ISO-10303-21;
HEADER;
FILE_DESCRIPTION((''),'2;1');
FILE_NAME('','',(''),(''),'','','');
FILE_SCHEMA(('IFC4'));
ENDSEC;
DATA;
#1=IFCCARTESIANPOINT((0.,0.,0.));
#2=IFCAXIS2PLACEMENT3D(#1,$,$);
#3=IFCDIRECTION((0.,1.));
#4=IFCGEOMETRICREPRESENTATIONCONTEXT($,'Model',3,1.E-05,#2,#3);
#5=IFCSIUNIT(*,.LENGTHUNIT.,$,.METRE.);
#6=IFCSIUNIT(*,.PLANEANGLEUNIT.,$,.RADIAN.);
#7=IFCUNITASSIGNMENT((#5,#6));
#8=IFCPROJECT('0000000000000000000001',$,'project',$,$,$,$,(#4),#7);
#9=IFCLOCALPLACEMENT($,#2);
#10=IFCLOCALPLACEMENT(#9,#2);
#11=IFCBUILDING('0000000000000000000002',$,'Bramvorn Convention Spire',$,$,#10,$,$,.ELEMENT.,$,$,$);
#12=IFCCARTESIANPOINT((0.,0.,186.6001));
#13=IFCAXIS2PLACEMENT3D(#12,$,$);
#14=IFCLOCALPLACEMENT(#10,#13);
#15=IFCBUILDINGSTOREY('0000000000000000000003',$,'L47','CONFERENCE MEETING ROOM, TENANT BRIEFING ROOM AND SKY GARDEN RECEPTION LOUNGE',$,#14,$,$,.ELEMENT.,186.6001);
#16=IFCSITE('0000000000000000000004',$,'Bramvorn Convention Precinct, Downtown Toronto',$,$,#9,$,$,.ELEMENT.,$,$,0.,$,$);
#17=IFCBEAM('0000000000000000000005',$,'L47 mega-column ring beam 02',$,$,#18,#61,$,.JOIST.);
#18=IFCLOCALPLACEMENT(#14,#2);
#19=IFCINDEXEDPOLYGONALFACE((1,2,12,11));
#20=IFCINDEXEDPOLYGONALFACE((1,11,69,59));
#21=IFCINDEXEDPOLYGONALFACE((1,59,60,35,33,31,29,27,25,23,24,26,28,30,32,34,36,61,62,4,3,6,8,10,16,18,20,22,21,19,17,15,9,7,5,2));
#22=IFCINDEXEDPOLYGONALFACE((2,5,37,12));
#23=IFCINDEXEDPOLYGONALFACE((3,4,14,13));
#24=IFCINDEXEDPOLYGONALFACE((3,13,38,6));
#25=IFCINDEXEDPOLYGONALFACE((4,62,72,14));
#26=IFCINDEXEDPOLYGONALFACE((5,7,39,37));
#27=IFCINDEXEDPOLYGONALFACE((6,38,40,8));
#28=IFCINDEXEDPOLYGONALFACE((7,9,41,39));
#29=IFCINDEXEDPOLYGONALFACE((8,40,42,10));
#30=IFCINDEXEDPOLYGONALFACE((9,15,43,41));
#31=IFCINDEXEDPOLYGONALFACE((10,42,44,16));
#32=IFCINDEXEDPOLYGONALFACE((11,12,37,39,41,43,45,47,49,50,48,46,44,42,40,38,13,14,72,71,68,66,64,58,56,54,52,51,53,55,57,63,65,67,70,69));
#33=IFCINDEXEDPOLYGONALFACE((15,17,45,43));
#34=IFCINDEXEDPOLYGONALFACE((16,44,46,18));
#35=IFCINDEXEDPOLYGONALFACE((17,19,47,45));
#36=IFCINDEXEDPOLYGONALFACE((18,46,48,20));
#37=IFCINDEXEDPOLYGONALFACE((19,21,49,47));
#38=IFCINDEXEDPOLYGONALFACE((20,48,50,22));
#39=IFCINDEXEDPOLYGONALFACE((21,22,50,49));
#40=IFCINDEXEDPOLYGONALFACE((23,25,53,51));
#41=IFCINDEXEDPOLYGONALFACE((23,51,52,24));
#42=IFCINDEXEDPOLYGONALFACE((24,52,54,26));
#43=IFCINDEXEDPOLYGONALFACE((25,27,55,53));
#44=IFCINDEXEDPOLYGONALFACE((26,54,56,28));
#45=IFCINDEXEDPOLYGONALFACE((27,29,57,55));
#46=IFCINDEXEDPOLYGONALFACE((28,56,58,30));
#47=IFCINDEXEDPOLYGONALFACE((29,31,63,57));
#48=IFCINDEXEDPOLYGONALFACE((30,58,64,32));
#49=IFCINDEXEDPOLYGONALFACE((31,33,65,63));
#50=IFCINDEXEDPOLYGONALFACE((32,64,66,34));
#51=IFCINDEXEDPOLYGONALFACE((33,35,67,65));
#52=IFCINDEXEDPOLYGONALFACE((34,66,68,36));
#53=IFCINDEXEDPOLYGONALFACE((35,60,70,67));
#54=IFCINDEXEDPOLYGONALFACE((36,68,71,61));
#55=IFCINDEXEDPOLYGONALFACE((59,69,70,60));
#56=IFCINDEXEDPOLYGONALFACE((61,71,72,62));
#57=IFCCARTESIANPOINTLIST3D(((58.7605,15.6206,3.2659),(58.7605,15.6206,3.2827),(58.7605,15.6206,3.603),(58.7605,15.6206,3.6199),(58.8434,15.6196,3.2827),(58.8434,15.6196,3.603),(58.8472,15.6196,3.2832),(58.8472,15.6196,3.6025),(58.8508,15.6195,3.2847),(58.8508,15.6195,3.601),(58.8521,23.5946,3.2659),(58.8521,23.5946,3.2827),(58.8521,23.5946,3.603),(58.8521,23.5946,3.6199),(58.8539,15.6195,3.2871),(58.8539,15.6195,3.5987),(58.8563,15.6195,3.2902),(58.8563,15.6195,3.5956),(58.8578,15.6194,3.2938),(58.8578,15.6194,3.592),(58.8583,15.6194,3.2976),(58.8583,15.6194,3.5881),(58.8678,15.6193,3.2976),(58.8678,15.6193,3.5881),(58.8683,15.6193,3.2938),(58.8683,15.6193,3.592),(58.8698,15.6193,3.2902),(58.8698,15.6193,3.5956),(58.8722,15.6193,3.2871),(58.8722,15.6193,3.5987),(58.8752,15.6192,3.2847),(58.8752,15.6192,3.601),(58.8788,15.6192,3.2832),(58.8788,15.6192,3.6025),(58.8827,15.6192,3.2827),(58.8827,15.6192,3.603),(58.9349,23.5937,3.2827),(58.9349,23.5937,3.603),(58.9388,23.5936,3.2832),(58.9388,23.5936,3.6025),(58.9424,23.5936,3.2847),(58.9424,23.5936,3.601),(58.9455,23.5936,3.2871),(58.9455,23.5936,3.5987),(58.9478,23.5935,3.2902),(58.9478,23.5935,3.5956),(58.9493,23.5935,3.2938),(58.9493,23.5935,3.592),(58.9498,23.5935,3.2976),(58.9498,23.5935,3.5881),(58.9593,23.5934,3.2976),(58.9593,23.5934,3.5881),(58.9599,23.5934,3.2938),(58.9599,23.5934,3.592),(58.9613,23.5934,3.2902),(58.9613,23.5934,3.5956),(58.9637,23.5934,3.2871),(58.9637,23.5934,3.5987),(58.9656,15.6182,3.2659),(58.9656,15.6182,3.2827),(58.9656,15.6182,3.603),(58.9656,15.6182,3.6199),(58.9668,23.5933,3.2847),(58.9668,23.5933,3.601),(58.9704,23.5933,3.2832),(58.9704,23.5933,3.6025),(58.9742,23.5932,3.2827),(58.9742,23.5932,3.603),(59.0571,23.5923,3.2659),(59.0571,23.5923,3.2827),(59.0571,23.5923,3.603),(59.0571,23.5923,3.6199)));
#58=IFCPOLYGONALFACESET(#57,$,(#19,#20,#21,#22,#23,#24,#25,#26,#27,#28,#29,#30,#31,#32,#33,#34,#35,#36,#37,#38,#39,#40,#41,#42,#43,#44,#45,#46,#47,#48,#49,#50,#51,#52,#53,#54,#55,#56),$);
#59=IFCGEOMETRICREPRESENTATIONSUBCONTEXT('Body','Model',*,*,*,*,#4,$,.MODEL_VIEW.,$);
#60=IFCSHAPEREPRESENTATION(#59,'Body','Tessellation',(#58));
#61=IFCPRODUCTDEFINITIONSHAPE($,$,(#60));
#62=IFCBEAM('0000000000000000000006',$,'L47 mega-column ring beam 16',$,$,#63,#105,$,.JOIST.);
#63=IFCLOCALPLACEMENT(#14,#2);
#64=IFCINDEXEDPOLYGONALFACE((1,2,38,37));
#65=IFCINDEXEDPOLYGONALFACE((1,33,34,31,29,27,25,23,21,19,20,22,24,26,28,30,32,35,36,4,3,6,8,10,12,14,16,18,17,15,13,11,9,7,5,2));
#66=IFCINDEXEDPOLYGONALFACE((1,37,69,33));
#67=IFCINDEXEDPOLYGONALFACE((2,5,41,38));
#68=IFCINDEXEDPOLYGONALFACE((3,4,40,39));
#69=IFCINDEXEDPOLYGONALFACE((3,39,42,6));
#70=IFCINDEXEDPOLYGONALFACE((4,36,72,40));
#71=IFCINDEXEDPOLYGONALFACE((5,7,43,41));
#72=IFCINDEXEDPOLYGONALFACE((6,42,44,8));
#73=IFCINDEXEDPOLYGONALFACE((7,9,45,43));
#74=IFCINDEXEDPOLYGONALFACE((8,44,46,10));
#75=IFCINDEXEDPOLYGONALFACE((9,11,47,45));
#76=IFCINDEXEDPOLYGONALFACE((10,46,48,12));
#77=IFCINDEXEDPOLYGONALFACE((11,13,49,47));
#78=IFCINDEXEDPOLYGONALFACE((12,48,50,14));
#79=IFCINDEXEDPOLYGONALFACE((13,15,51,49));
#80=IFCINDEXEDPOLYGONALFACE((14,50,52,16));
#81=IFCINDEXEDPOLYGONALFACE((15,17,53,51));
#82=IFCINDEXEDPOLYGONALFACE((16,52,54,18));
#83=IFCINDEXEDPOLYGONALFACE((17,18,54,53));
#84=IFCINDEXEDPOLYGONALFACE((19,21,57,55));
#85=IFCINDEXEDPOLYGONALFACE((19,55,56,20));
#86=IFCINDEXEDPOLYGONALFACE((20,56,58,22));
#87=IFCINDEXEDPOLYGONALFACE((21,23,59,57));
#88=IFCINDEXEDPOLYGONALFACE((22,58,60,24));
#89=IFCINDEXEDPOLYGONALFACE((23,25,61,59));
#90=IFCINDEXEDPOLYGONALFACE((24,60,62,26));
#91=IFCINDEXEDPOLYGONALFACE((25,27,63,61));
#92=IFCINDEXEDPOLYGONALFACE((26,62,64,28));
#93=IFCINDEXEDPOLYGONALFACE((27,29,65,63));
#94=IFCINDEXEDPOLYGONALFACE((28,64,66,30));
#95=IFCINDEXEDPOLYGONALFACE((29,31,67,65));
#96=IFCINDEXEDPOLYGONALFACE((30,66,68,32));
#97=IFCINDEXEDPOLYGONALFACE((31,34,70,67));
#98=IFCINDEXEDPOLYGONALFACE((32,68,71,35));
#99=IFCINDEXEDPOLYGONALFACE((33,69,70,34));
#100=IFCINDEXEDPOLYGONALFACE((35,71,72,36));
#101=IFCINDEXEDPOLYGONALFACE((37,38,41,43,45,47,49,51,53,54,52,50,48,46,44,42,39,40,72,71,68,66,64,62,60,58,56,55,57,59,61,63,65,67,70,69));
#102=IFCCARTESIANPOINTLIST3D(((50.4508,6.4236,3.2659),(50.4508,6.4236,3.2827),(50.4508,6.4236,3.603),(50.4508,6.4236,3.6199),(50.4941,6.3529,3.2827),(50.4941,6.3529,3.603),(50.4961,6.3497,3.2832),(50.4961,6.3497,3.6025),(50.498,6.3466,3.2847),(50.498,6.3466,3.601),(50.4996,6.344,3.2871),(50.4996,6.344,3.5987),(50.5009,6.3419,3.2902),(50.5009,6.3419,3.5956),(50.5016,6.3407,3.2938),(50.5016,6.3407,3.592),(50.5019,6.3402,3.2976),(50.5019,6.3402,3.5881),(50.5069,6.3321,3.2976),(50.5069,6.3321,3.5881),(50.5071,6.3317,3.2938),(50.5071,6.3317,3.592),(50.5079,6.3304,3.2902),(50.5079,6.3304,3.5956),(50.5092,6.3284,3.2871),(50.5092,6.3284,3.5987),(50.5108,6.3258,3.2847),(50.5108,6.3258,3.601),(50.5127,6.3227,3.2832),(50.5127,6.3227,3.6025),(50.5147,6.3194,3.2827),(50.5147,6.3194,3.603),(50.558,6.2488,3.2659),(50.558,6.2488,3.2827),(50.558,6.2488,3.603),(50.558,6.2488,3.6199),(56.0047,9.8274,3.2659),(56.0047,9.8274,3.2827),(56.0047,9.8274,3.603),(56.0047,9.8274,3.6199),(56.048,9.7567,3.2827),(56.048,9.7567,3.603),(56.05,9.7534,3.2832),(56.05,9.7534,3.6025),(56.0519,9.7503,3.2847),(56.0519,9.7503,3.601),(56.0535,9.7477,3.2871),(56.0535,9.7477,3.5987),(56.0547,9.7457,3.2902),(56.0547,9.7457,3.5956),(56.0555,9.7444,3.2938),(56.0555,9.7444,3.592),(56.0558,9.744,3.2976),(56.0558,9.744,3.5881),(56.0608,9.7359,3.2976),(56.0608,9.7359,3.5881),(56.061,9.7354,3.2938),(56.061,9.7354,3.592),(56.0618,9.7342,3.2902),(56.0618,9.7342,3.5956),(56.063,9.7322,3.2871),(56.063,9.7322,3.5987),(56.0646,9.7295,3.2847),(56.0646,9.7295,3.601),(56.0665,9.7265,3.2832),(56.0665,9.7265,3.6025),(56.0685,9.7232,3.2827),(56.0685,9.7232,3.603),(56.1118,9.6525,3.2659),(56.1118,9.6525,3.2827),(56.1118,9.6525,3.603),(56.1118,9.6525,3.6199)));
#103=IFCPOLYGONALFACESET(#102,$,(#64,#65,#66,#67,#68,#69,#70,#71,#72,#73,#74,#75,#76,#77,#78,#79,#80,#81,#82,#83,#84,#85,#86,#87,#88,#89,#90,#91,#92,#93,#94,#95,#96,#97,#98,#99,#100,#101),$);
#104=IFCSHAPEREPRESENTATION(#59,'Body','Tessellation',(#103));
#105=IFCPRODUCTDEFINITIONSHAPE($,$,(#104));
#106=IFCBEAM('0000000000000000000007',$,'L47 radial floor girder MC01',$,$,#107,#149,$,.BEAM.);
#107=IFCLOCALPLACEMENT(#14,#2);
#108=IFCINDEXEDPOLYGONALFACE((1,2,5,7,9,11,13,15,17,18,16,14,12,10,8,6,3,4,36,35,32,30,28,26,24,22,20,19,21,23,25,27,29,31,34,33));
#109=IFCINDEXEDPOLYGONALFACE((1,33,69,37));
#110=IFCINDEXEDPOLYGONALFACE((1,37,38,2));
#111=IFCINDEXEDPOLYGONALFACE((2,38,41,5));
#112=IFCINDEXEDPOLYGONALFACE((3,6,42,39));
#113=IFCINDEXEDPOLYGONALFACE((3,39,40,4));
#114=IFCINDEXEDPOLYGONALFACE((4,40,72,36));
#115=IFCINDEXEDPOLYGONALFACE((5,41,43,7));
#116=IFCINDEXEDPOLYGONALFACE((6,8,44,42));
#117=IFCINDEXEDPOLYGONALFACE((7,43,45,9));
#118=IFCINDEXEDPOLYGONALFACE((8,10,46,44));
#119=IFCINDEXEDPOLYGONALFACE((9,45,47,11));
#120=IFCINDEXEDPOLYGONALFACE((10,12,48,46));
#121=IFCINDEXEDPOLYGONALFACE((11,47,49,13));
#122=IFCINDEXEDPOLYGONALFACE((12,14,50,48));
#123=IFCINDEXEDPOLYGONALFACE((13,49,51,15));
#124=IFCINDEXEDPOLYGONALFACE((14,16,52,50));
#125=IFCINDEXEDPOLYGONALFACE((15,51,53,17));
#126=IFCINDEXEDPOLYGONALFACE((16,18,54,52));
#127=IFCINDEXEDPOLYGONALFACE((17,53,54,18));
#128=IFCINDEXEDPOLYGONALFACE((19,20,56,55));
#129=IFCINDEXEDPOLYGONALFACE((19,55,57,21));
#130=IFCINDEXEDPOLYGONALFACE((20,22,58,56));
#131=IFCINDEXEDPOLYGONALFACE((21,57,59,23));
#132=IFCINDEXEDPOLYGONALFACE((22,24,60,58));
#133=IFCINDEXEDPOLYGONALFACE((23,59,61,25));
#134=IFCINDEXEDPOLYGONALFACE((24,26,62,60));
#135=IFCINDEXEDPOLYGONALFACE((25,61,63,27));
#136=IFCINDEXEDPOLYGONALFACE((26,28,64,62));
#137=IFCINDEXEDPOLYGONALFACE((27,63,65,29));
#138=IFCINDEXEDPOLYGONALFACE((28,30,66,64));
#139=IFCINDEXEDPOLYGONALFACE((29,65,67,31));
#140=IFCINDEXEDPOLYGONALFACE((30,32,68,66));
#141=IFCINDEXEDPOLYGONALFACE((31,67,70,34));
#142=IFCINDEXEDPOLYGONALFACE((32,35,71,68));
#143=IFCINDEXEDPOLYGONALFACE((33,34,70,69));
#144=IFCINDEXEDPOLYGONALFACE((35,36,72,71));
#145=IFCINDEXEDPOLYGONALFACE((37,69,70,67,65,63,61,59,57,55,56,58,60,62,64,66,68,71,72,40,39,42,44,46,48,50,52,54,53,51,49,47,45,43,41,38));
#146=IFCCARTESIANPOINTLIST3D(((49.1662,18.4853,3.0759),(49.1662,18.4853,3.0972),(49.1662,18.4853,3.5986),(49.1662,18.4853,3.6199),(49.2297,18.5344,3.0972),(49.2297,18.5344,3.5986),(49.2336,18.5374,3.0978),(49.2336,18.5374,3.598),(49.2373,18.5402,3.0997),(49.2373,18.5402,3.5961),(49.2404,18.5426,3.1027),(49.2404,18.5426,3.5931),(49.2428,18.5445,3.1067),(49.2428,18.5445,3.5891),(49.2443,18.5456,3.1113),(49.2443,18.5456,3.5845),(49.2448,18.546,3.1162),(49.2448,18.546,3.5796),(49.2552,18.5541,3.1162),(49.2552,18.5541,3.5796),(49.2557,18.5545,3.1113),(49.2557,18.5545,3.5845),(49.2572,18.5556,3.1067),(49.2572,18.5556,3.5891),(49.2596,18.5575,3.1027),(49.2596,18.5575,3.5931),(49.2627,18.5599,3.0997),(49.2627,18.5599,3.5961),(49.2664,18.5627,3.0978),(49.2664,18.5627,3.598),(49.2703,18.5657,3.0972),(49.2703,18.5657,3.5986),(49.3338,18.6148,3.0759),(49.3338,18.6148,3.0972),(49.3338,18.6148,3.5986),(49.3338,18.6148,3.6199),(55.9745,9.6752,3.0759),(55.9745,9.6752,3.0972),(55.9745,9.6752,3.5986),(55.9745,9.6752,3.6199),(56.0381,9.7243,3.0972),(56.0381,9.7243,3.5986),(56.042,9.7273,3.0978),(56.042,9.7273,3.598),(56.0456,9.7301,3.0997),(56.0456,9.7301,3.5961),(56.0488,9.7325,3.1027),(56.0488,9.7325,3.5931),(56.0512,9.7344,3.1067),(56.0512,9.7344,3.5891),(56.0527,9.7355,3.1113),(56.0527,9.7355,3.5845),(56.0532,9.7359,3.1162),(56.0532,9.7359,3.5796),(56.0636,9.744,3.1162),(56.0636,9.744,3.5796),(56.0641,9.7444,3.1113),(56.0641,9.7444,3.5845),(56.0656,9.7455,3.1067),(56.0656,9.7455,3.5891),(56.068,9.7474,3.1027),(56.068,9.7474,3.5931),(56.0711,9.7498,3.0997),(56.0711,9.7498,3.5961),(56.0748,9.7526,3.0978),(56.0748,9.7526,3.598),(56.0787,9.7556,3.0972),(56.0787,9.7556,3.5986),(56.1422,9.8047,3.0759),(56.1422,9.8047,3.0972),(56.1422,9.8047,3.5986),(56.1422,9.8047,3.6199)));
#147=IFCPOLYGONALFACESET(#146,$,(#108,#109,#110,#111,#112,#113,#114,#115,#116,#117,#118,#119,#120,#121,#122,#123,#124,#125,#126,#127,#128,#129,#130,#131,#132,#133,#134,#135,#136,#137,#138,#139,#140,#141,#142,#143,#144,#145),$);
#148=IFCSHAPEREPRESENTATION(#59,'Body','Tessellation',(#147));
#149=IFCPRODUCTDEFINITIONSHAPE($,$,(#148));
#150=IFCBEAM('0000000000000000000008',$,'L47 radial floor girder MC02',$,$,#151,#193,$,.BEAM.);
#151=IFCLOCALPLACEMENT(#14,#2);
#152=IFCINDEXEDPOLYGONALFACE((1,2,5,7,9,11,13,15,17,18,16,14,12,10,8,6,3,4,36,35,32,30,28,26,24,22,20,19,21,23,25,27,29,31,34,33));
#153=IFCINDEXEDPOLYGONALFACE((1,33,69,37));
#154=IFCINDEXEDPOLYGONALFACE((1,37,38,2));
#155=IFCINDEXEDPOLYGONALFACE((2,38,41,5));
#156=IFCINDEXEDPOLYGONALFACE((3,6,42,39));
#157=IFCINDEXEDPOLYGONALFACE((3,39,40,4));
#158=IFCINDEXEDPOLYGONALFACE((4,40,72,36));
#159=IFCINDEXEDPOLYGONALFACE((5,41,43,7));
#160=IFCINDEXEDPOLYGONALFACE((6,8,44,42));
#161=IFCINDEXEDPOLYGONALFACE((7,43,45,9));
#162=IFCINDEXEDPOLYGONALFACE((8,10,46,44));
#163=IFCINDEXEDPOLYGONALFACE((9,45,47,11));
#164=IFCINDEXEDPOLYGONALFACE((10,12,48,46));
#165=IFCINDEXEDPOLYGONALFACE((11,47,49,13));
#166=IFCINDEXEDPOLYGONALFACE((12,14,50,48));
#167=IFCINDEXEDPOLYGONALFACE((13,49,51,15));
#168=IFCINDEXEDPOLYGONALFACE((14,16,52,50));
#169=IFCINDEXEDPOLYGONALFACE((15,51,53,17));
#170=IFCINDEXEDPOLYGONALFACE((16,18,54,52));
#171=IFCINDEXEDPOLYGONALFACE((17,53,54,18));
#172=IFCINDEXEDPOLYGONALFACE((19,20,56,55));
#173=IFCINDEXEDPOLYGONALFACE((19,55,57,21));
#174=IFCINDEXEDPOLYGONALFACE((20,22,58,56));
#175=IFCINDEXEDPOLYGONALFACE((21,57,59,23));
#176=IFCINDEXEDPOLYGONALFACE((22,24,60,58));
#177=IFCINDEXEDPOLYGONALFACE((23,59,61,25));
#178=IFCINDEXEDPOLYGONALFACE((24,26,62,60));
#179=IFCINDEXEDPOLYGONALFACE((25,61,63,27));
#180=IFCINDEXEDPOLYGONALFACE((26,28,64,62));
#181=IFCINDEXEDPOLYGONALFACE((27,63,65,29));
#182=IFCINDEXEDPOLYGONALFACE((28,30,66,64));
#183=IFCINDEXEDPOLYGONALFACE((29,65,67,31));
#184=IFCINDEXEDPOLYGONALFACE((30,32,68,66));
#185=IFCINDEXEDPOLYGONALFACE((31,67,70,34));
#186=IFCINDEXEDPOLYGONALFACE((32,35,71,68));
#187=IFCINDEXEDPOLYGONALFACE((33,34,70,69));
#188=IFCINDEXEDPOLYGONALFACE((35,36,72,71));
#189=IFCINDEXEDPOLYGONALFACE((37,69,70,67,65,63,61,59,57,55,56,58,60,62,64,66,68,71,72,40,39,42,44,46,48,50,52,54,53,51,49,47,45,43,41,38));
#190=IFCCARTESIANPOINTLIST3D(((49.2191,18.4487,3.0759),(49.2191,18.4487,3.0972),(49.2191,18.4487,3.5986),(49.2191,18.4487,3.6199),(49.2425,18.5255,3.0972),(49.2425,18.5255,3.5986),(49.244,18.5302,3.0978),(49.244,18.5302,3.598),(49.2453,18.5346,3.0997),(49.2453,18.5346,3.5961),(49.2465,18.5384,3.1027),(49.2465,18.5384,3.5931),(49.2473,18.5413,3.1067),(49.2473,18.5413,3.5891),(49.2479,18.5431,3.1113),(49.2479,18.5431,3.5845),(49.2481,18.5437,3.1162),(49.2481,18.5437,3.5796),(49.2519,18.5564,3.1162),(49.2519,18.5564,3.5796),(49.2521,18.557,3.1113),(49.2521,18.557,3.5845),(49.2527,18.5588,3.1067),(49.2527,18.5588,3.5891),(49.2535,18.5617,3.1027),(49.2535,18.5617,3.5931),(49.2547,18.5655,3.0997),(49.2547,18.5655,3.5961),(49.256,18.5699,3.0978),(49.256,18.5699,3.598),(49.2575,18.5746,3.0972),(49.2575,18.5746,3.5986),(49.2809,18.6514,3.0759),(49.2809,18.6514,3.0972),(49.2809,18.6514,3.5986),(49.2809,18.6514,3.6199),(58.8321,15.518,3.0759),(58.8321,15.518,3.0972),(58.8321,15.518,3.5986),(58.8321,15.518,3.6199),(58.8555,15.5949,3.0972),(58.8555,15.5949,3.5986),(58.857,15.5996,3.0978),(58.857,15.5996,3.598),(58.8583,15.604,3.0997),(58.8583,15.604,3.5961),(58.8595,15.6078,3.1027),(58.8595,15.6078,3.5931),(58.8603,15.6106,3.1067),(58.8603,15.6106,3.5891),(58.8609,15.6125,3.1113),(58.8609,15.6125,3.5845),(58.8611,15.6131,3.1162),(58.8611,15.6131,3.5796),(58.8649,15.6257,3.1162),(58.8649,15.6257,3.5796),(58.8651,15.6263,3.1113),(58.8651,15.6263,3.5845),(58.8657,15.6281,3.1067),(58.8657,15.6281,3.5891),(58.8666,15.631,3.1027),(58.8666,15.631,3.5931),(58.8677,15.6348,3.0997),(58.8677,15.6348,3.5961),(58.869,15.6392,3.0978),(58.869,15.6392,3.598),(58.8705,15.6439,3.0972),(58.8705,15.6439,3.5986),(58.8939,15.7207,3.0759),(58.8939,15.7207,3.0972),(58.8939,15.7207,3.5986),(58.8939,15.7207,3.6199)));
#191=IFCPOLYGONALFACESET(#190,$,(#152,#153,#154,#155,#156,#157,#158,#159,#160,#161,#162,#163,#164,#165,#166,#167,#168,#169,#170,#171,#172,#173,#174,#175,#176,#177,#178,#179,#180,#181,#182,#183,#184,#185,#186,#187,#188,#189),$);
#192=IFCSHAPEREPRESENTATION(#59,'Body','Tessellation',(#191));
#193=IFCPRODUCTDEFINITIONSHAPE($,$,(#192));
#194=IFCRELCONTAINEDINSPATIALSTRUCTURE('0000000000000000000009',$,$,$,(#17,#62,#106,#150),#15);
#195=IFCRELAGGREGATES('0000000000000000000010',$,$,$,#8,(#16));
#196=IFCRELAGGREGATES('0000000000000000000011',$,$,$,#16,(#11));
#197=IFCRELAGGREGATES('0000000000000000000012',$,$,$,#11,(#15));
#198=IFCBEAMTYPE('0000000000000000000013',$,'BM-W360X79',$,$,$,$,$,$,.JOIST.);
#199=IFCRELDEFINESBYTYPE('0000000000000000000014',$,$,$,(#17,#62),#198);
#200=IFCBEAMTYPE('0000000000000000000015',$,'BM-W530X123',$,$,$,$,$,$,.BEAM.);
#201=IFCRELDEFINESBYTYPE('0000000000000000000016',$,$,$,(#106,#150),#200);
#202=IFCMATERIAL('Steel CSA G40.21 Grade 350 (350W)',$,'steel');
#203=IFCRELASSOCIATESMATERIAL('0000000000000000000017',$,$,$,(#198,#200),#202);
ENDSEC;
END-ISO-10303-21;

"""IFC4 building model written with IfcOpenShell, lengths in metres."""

from ifc_helpers import new_model, si_unit, direction, frame, origin, origin_2d, place, context, subcontext, project, spatial, i_section, extrude, material, material_profile, profile_set, type_object, element, save


model = new_model("IFC4")

# Units and contexts
model_context = context("Model", 3, precision=1e-05, world=origin(), true_north=direction((0.0, 1.0)))
body_context = subcontext(model_context, "Body", "Model", "MODEL_VIEW")
ifc_project = project(units=[si_unit("LENGTHUNIT", "METRE"), si_unit("PLANEANGLEUNIT", "RADIAN")], contexts=[model_context])

# Site, building, storey
site_placement = place(None, origin())
site = spatial("IfcSite", under=ifc_project, at=site_placement, Name="Bramvorn Convention Precinct, Downtown Toronto", CompositionType="ELEMENT", RefElevation=0.0)
building_placement = place(site_placement, origin())
building = spatial("IfcBuilding", under=site, at=building_placement, Name="Bramvorn Convention Spire", CompositionType="ELEMENT")
storey_placement = place(building_placement, frame((0.0, 0.0, 186.6001)))
storey = spatial("IfcBuildingStorey", under=building, at=storey_placement, Name="L47", Description="CONFERENCE MEETING ROOM, TENANT BRIEFING ROOM AND SKY GARDEN RECEPTION LOUNGE", CompositionType="ELEMENT", Elevation=186.6001)

# Shared definitions
ifc_material_1 = material(Name="Steel CSA G40.21 Grade 350 (350W)", Category="steel")

# Beams
ifc_material_profile_1 = material_profile(ifc_material_1, i_section(OverallWidth=0.2051, OverallDepth=0.354, WebThickness=0.0095, FlangeThickness=0.0168, FilletRadius=0.0149, at=origin_2d()))
ifc_profile_set_1 = profile_set([ifc_material_profile_1], Name="Steel CSA G40.21 Grade 350 (350W) - W360X79")
beam_type_1 = type_object("IfcBeamType", Name="BM-W360X79", PredefinedType="JOIST", material=ifc_profile_set_1)
beam_1_placement = place(storey_placement, frame((58.863, 15.6194, 3.4429), z_axis=(0.01148, 0.999934, 0.0), x_axis=(-0.999934, 0.01148, 0.0)))
element("IfcBeam", 1, at=beam_1_placement, inside=storey, type_object=beam_type_1, Name="L47 mega-column ring beam 02", PredefinedType="JOIST", context=body_context, shape_type="SweptSolid", body=[
    extrude(i_section(OverallWidth=0.2051, OverallDepth=0.354, WebThickness=0.0095, FlangeThickness=0.0168, FilletRadius=0.0149, at=origin_2d()), origin(), (0.0, 0.0, 1.0), 7.9746),
])
beam_2_placement = place(storey_placement, frame((50.5044, 6.3362, 3.4429), z_axis=(0.852617, 0.522537, 0.0), x_axis=(-0.522537, 0.852617, 0.0)))
element("IfcBeam", 2, at=beam_2_placement, inside=storey, type_object=beam_type_1, Name="L47 mega-column ring beam 16", PredefinedType="JOIST", context=body_context, shape_type="SweptSolid", body=[
    extrude(i_section(OverallWidth=0.2051, OverallDepth=0.354, WebThickness=0.0095, FlangeThickness=0.0168, FilletRadius=0.0149, at=origin_2d()), origin(), (0.0, 0.0, 1.0), 6.5139),
])
ifc_material_profile_2 = material_profile(ifc_material_1, i_section(OverallWidth=0.2119, OverallDepth=0.5439, WebThickness=0.0132, FlangeThickness=0.0212, FilletRadius=0.019, at=origin_2d()))
ifc_profile_set_2 = profile_set([ifc_material_profile_2], Name="Steel CSA G40.21 Grade 350 (350W) - W530X123")
beam_type_2 = type_object("IfcBeamType", Name="BM-W530X123", PredefinedType="BEAM", material=ifc_profile_set_2)
beam_3_placement = place(storey_placement, frame((49.25, 18.55, 3.3479), z_axis=(0.61148, -0.79126, 0.0), x_axis=(0.79126, 0.61148, 0.0)))
element("IfcBeam", 3, at=beam_3_placement, inside=storey, type_object=beam_type_2, Name="L47 radial floor girder MC01", PredefinedType="BEAM", context=body_context, shape_type="SweptSolid", body=[
    extrude(i_section(OverallWidth=0.2119, OverallDepth=0.5439, WebThickness=0.0132, FlangeThickness=0.0212, FilletRadius=0.019, at=origin_2d()), origin(), (0.0, 0.0, 1.0), 11.1343),
])
beam_4_placement = place(storey_placement, frame((49.25, 18.55, 3.3479), z_axis=(0.956536, -0.291613, 0.0), x_axis=(0.291613, 0.956536, 0.0)))
element("IfcBeam", 4, at=beam_4_placement, inside=storey, type_object=beam_type_2, Name="L47 radial floor girder MC02", PredefinedType="BEAM", context=body_context, shape_type="SweptSolid", body=[
    extrude(i_section(OverallWidth=0.2119, OverallDepth=0.5439, WebThickness=0.0132, FlangeThickness=0.0212, FilletRadius=0.019, at=origin_2d()), origin(), (0.0, 0.0, 1.0), 10.0498),
])

save(model, "model.ifc")
